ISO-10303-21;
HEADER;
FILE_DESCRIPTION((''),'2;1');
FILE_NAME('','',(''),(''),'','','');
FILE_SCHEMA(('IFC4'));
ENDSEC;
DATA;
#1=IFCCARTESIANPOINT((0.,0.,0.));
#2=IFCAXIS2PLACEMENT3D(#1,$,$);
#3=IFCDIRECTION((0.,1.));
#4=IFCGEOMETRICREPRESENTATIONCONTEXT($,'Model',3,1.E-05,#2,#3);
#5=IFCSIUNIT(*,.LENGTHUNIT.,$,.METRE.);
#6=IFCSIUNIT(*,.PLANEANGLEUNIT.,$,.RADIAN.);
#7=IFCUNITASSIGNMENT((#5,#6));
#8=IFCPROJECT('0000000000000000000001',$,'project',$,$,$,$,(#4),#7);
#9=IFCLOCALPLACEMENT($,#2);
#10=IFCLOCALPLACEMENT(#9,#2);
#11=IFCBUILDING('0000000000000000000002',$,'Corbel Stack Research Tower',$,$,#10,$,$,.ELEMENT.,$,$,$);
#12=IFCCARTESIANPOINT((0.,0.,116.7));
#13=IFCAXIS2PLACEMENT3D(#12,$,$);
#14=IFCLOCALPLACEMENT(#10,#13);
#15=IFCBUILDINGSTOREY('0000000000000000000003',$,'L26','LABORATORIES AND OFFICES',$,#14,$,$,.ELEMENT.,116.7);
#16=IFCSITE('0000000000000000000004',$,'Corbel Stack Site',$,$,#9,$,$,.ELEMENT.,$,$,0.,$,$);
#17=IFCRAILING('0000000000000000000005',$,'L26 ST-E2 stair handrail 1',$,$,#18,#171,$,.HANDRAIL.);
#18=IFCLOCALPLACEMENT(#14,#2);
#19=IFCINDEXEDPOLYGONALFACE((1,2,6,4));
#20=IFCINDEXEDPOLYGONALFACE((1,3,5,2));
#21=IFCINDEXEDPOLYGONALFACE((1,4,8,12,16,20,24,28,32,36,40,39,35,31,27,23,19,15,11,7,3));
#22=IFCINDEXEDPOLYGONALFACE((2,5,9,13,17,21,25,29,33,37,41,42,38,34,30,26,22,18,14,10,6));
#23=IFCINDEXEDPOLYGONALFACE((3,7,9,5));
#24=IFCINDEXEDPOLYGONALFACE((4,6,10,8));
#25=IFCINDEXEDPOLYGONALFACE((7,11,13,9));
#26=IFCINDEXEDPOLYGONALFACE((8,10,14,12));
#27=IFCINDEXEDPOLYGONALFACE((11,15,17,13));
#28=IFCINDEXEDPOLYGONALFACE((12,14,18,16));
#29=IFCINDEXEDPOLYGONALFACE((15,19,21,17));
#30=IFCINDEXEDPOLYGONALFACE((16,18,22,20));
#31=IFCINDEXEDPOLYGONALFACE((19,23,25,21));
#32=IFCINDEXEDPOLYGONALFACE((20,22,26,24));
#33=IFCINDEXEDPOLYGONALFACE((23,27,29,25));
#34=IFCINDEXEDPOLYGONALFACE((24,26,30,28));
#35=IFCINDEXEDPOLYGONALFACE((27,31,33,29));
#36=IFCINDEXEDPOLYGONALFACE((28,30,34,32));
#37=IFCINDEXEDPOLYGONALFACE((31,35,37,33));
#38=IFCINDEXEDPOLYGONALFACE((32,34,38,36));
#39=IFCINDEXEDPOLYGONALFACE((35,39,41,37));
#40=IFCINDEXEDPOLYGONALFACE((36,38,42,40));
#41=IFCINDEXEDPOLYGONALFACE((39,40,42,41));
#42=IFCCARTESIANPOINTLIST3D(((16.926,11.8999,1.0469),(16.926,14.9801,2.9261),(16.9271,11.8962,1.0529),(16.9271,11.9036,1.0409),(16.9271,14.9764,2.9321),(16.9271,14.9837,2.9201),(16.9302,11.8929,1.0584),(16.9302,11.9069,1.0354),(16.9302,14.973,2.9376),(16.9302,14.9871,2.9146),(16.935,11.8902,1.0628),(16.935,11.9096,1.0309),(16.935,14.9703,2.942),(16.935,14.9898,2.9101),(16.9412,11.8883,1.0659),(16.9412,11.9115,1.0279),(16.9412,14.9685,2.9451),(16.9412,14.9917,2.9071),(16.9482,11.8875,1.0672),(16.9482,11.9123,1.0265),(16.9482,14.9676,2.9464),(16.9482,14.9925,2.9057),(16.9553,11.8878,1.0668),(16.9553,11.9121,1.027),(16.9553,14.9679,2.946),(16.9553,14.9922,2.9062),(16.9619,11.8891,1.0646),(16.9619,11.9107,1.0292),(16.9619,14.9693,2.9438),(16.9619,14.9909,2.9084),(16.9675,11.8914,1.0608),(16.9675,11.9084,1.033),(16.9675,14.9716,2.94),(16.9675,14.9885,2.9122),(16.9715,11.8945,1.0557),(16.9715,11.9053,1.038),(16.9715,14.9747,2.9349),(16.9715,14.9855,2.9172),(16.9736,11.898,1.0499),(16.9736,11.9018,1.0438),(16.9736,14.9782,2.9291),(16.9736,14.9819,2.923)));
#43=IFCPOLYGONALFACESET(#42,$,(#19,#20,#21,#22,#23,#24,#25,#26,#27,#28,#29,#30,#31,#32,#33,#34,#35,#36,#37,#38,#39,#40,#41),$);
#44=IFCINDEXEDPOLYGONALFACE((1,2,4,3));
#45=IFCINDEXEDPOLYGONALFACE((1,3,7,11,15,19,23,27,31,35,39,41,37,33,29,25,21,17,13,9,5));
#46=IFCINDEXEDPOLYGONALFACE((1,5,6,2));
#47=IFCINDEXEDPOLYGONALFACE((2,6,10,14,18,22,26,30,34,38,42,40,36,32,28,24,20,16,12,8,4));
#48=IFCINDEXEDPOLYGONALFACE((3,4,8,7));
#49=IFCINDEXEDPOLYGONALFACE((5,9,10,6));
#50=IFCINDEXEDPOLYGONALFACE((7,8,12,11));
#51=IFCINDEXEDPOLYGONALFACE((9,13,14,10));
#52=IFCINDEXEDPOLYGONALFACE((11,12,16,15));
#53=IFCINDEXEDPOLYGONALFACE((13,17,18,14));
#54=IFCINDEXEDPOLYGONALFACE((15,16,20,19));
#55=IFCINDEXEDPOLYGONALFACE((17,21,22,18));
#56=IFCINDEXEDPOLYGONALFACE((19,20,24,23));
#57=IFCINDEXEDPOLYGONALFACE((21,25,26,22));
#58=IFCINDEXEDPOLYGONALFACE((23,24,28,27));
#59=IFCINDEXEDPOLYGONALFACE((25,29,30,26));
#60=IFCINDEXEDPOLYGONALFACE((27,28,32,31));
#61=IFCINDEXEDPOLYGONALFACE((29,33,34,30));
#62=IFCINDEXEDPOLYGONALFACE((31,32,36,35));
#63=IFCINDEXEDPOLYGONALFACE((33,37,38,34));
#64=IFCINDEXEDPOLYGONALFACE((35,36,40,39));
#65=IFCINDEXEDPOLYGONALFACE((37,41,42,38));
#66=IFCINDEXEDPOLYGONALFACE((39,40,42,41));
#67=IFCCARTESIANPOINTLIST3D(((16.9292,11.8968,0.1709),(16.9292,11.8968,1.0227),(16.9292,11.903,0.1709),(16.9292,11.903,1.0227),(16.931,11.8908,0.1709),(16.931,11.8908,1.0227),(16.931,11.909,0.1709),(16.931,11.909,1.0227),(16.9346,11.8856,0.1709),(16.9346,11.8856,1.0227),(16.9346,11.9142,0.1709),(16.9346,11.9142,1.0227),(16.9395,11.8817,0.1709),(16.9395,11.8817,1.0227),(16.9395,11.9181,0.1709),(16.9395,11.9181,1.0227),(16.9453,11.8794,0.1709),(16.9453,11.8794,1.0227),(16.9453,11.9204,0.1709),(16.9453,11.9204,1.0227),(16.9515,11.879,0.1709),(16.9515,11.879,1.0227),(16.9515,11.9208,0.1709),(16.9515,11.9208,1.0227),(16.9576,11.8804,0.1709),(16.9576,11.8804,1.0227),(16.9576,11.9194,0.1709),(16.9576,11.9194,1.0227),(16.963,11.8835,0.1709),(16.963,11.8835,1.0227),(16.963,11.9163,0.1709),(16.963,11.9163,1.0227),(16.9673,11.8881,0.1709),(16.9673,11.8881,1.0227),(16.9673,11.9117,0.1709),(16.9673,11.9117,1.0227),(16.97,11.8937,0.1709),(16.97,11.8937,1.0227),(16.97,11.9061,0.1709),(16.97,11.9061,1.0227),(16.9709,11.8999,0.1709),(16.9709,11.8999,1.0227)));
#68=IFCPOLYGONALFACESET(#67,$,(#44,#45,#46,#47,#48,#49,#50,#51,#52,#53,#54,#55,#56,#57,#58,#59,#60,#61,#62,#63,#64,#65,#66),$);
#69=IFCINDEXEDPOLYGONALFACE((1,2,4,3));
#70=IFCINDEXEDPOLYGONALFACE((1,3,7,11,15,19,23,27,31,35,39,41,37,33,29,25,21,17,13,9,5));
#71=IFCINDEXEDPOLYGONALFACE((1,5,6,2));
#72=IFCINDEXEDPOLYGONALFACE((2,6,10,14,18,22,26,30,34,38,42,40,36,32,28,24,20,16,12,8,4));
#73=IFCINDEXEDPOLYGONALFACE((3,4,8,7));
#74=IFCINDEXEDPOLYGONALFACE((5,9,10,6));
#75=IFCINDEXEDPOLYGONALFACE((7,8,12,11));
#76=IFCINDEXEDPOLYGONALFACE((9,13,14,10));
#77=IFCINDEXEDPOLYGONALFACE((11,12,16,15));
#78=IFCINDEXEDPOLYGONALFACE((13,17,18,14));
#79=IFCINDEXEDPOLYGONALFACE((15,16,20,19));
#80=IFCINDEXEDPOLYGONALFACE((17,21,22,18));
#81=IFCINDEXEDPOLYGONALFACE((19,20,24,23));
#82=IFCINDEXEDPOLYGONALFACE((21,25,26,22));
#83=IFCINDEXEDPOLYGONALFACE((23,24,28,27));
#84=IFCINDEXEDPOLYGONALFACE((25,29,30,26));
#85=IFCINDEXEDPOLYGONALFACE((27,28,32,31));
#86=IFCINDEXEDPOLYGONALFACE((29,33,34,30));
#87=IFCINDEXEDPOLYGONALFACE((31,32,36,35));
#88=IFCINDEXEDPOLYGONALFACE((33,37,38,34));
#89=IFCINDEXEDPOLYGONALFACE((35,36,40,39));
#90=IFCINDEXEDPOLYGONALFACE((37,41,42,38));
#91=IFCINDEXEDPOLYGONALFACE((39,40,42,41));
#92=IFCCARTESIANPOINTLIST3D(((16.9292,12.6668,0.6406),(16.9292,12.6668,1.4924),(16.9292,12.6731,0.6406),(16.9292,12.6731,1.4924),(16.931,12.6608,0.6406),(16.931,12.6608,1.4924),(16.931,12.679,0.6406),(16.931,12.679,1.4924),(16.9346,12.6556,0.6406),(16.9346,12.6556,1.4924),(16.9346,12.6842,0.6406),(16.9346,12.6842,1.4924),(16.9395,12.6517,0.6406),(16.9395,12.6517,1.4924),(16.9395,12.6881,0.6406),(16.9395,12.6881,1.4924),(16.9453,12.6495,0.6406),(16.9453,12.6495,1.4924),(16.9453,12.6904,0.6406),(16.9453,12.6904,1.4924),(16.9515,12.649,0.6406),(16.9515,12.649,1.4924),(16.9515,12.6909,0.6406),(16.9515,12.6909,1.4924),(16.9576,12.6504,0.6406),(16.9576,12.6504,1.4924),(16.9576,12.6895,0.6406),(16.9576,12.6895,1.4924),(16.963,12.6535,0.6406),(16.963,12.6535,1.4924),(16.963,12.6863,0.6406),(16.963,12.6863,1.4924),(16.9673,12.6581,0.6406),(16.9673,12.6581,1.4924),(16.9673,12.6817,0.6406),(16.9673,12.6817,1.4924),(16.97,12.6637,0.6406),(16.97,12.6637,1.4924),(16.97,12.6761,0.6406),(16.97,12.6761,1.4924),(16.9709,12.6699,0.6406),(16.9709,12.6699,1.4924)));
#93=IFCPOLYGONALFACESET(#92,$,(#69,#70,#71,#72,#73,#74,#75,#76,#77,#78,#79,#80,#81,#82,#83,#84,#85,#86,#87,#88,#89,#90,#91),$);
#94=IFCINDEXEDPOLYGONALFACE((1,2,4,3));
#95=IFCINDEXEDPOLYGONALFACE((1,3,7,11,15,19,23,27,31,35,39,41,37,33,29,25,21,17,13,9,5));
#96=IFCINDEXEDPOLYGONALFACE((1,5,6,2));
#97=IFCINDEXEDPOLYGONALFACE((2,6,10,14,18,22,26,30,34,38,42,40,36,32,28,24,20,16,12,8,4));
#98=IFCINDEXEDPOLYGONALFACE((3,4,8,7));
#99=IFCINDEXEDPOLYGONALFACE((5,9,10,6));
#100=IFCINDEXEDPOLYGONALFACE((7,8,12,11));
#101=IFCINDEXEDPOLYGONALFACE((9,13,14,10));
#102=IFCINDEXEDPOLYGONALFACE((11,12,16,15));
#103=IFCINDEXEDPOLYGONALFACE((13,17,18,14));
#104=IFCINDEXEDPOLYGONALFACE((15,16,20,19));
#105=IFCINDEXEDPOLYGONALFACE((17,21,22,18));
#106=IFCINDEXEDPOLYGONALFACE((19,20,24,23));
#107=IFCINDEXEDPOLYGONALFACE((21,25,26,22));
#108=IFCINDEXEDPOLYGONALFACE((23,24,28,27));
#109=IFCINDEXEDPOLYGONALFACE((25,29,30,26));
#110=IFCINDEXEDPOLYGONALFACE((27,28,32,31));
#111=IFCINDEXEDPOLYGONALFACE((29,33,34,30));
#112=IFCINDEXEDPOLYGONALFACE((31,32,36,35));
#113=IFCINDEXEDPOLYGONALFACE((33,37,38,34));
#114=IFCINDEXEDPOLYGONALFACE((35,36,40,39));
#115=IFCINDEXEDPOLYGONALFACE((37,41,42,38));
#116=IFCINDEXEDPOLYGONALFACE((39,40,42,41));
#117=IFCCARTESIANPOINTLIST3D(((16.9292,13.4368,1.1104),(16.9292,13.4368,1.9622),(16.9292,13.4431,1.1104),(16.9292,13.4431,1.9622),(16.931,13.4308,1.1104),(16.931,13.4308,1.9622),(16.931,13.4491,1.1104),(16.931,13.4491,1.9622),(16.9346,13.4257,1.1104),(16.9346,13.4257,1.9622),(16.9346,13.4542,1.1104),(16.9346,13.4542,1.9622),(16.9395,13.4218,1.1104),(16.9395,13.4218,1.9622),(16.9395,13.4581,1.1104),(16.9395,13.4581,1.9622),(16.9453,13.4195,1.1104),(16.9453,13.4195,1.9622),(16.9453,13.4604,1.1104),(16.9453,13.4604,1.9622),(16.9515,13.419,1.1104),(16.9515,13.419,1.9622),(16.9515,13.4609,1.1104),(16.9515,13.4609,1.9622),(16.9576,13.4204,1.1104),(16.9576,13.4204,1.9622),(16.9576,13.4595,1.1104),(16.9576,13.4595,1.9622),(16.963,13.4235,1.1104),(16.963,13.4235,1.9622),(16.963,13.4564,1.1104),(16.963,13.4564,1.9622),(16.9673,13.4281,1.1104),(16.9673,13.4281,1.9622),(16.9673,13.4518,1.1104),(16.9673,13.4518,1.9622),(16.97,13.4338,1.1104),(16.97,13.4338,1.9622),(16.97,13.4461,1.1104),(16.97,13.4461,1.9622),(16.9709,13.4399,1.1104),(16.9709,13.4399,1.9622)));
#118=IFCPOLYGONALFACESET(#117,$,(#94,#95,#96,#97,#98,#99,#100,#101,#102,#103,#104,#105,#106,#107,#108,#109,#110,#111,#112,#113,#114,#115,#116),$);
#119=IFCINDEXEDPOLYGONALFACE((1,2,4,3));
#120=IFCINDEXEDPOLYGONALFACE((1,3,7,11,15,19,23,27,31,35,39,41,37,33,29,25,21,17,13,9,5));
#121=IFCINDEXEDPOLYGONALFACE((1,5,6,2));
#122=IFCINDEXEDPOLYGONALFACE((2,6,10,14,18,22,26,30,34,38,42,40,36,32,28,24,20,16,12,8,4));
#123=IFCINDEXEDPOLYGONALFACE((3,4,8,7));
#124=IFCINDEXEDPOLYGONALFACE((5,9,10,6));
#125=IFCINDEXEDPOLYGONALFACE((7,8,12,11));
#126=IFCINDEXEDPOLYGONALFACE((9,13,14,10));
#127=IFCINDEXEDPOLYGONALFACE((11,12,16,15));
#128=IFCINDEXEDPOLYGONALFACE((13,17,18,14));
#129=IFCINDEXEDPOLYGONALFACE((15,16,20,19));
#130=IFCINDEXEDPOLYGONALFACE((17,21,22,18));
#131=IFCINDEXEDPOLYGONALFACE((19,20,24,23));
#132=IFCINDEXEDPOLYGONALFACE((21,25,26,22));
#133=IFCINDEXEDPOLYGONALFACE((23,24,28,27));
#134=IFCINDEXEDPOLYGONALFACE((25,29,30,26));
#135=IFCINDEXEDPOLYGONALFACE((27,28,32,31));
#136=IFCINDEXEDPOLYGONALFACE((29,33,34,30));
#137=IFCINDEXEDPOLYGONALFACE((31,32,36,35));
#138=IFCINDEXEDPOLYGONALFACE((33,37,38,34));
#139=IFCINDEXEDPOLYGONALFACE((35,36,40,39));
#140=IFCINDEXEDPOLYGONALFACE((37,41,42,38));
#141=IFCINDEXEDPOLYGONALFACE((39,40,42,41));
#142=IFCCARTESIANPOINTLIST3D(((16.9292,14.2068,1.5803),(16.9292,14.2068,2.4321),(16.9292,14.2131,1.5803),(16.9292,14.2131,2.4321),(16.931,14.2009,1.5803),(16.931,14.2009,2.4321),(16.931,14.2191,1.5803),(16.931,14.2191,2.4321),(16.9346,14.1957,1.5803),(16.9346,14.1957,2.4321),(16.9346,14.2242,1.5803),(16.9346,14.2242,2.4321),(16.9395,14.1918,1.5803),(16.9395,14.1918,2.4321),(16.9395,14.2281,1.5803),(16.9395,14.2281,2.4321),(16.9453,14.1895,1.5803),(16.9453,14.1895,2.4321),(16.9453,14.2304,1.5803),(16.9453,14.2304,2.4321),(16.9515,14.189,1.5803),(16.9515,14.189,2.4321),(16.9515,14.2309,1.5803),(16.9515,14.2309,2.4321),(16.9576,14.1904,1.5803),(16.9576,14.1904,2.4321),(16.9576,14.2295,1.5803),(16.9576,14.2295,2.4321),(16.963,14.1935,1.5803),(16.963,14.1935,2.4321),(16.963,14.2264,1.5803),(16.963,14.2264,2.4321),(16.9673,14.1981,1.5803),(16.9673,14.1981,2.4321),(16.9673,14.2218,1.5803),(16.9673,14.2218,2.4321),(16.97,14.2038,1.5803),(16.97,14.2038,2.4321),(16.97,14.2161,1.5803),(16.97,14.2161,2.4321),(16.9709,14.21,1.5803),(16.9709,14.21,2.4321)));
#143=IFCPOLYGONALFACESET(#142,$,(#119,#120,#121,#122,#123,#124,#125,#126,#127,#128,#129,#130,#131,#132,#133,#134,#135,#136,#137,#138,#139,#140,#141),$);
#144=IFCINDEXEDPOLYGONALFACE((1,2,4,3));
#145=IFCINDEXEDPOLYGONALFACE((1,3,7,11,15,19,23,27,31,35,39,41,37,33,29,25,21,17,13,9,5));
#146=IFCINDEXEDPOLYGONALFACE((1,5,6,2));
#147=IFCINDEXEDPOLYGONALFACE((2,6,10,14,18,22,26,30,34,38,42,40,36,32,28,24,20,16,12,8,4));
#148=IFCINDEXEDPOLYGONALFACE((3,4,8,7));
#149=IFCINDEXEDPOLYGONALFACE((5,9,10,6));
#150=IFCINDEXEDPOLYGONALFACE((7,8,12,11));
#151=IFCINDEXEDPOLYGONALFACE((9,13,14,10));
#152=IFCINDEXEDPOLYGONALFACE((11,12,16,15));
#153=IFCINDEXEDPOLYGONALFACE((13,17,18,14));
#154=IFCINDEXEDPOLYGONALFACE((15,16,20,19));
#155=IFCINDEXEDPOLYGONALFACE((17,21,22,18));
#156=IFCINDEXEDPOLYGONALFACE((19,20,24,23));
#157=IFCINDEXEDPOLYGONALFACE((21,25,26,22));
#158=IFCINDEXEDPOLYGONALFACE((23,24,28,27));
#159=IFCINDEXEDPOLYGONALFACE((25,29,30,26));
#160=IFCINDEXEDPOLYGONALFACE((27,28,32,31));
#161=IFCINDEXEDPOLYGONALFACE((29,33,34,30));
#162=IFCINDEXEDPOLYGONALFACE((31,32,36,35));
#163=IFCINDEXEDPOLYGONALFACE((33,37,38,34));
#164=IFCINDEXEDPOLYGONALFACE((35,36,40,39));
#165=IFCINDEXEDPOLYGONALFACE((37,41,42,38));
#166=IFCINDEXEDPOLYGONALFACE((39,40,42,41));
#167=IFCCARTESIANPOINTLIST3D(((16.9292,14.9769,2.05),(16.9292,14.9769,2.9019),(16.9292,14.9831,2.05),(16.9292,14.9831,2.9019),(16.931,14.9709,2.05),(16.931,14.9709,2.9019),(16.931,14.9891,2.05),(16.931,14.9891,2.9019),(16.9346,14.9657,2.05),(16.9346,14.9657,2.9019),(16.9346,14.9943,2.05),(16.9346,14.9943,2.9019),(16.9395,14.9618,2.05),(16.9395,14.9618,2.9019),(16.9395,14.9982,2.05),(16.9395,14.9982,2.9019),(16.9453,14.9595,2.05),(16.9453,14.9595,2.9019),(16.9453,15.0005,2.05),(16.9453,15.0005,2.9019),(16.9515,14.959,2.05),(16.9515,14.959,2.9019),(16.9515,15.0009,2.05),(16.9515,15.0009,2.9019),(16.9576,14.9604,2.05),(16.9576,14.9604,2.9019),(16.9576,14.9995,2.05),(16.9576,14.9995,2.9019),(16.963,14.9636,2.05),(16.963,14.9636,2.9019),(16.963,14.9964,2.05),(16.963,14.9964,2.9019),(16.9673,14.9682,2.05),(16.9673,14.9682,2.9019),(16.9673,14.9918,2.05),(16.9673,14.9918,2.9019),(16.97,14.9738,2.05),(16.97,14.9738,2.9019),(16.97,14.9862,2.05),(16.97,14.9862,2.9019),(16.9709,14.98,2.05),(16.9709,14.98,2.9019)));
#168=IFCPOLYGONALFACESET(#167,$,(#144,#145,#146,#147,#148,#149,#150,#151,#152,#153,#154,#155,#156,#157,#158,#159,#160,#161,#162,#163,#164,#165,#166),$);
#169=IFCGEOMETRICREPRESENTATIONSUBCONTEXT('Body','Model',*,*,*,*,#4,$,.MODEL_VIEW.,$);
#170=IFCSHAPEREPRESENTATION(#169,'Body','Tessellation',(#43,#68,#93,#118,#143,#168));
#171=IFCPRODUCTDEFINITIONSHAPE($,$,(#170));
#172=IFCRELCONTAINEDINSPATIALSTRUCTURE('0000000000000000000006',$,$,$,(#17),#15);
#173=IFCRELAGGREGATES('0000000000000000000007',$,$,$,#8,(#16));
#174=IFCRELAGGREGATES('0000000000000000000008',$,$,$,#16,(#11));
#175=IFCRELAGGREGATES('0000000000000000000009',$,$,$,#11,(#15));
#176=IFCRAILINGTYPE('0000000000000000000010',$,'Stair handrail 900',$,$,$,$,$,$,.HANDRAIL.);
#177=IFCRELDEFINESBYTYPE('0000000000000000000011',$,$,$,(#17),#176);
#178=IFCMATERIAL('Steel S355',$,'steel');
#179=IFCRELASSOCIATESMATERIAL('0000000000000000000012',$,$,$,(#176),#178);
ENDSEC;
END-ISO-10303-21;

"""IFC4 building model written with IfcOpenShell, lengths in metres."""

from ifc_helpers import new_model, si_unit, direction, frame, origin, origin_2d, place, context, subcontext, project, spatial, circle, extrude, material, type_object, element, save


model = new_model("IFC4")

# Units and contexts
model_context = context("Model", 3, precision=1e-05, world=origin(), true_north=direction((0.0, 1.0)))
body_context = subcontext(model_context, "Body", "Model", "MODEL_VIEW")
ifc_project = project(units=[si_unit("LENGTHUNIT", "METRE"), si_unit("PLANEANGLEUNIT", "RADIAN")], contexts=[model_context])

# Site, building, storey
site_placement = place(None, origin())
site = spatial("IfcSite", under=ifc_project, at=site_placement, Name="Corbel Stack Site", CompositionType="ELEMENT", RefElevation=0.0)
building_placement = place(site_placement, origin())
building = spatial("IfcBuilding", under=site, at=building_placement, Name="Corbel Stack Research Tower", CompositionType="ELEMENT")
storey_placement = place(building_placement, frame((0.0, 0.0, 116.7)))
storey = spatial("IfcBuildingStorey", under=building, at=storey_placement, Name="L26", Description="LABORATORIES AND OFFICES", CompositionType="ELEMENT", Elevation=116.7)

# Railing
ifc_material_1 = material(Name="Steel S355", Category="steel")
railing_type_1 = type_object("IfcRailingType", Name="Stair handrail 900", PredefinedType="HANDRAIL", material=ifc_material_1)
railing_1_placement = place(storey_placement, frame((16.95, 11.8999, 0.1709)))
element("IfcRailing", 1, at=railing_1_placement, inside=storey, type_object=railing_type_1, Name="L26 ST-E2 stair handrail 1", PredefinedType="HANDRAIL", context=body_context, shape_type="SweptSolid", body=[
    extrude(circle(Radius=0.0239, at=origin_2d()), frame((0.0, 0.0, 0.876), z_axis=(0.0, 0.853666, 0.52082), x_axis=(-1.0, 0.0, 0.0)), (0.0, 0.0, 1.0), 3.6082),
    extrude(circle(Radius=0.021, at=origin_2d()), origin(), (0.0, 0.0, 1.0), 0.8518),
    extrude(circle(Radius=0.021, at=origin_2d()), frame((0.0, 0.77, 0.4697)), (0.0, 0.0, 1.0), 0.8518),
    extrude(circle(Radius=0.021, at=origin_2d()), frame((0.0, 1.54, 0.9395)), (0.0, 0.0, 1.0), 0.8518),
    extrude(circle(Radius=0.021, at=origin_2d()), frame((0.0, 2.3101, 1.4094)), (0.0, 0.0, 1.0), 0.8518),
    extrude(circle(Radius=0.021, at=origin_2d()), frame((0.0, 3.0801, 1.8792)), (0.0, 0.0, 1.0), 0.8518),
])

save(model, "model.ifc")
